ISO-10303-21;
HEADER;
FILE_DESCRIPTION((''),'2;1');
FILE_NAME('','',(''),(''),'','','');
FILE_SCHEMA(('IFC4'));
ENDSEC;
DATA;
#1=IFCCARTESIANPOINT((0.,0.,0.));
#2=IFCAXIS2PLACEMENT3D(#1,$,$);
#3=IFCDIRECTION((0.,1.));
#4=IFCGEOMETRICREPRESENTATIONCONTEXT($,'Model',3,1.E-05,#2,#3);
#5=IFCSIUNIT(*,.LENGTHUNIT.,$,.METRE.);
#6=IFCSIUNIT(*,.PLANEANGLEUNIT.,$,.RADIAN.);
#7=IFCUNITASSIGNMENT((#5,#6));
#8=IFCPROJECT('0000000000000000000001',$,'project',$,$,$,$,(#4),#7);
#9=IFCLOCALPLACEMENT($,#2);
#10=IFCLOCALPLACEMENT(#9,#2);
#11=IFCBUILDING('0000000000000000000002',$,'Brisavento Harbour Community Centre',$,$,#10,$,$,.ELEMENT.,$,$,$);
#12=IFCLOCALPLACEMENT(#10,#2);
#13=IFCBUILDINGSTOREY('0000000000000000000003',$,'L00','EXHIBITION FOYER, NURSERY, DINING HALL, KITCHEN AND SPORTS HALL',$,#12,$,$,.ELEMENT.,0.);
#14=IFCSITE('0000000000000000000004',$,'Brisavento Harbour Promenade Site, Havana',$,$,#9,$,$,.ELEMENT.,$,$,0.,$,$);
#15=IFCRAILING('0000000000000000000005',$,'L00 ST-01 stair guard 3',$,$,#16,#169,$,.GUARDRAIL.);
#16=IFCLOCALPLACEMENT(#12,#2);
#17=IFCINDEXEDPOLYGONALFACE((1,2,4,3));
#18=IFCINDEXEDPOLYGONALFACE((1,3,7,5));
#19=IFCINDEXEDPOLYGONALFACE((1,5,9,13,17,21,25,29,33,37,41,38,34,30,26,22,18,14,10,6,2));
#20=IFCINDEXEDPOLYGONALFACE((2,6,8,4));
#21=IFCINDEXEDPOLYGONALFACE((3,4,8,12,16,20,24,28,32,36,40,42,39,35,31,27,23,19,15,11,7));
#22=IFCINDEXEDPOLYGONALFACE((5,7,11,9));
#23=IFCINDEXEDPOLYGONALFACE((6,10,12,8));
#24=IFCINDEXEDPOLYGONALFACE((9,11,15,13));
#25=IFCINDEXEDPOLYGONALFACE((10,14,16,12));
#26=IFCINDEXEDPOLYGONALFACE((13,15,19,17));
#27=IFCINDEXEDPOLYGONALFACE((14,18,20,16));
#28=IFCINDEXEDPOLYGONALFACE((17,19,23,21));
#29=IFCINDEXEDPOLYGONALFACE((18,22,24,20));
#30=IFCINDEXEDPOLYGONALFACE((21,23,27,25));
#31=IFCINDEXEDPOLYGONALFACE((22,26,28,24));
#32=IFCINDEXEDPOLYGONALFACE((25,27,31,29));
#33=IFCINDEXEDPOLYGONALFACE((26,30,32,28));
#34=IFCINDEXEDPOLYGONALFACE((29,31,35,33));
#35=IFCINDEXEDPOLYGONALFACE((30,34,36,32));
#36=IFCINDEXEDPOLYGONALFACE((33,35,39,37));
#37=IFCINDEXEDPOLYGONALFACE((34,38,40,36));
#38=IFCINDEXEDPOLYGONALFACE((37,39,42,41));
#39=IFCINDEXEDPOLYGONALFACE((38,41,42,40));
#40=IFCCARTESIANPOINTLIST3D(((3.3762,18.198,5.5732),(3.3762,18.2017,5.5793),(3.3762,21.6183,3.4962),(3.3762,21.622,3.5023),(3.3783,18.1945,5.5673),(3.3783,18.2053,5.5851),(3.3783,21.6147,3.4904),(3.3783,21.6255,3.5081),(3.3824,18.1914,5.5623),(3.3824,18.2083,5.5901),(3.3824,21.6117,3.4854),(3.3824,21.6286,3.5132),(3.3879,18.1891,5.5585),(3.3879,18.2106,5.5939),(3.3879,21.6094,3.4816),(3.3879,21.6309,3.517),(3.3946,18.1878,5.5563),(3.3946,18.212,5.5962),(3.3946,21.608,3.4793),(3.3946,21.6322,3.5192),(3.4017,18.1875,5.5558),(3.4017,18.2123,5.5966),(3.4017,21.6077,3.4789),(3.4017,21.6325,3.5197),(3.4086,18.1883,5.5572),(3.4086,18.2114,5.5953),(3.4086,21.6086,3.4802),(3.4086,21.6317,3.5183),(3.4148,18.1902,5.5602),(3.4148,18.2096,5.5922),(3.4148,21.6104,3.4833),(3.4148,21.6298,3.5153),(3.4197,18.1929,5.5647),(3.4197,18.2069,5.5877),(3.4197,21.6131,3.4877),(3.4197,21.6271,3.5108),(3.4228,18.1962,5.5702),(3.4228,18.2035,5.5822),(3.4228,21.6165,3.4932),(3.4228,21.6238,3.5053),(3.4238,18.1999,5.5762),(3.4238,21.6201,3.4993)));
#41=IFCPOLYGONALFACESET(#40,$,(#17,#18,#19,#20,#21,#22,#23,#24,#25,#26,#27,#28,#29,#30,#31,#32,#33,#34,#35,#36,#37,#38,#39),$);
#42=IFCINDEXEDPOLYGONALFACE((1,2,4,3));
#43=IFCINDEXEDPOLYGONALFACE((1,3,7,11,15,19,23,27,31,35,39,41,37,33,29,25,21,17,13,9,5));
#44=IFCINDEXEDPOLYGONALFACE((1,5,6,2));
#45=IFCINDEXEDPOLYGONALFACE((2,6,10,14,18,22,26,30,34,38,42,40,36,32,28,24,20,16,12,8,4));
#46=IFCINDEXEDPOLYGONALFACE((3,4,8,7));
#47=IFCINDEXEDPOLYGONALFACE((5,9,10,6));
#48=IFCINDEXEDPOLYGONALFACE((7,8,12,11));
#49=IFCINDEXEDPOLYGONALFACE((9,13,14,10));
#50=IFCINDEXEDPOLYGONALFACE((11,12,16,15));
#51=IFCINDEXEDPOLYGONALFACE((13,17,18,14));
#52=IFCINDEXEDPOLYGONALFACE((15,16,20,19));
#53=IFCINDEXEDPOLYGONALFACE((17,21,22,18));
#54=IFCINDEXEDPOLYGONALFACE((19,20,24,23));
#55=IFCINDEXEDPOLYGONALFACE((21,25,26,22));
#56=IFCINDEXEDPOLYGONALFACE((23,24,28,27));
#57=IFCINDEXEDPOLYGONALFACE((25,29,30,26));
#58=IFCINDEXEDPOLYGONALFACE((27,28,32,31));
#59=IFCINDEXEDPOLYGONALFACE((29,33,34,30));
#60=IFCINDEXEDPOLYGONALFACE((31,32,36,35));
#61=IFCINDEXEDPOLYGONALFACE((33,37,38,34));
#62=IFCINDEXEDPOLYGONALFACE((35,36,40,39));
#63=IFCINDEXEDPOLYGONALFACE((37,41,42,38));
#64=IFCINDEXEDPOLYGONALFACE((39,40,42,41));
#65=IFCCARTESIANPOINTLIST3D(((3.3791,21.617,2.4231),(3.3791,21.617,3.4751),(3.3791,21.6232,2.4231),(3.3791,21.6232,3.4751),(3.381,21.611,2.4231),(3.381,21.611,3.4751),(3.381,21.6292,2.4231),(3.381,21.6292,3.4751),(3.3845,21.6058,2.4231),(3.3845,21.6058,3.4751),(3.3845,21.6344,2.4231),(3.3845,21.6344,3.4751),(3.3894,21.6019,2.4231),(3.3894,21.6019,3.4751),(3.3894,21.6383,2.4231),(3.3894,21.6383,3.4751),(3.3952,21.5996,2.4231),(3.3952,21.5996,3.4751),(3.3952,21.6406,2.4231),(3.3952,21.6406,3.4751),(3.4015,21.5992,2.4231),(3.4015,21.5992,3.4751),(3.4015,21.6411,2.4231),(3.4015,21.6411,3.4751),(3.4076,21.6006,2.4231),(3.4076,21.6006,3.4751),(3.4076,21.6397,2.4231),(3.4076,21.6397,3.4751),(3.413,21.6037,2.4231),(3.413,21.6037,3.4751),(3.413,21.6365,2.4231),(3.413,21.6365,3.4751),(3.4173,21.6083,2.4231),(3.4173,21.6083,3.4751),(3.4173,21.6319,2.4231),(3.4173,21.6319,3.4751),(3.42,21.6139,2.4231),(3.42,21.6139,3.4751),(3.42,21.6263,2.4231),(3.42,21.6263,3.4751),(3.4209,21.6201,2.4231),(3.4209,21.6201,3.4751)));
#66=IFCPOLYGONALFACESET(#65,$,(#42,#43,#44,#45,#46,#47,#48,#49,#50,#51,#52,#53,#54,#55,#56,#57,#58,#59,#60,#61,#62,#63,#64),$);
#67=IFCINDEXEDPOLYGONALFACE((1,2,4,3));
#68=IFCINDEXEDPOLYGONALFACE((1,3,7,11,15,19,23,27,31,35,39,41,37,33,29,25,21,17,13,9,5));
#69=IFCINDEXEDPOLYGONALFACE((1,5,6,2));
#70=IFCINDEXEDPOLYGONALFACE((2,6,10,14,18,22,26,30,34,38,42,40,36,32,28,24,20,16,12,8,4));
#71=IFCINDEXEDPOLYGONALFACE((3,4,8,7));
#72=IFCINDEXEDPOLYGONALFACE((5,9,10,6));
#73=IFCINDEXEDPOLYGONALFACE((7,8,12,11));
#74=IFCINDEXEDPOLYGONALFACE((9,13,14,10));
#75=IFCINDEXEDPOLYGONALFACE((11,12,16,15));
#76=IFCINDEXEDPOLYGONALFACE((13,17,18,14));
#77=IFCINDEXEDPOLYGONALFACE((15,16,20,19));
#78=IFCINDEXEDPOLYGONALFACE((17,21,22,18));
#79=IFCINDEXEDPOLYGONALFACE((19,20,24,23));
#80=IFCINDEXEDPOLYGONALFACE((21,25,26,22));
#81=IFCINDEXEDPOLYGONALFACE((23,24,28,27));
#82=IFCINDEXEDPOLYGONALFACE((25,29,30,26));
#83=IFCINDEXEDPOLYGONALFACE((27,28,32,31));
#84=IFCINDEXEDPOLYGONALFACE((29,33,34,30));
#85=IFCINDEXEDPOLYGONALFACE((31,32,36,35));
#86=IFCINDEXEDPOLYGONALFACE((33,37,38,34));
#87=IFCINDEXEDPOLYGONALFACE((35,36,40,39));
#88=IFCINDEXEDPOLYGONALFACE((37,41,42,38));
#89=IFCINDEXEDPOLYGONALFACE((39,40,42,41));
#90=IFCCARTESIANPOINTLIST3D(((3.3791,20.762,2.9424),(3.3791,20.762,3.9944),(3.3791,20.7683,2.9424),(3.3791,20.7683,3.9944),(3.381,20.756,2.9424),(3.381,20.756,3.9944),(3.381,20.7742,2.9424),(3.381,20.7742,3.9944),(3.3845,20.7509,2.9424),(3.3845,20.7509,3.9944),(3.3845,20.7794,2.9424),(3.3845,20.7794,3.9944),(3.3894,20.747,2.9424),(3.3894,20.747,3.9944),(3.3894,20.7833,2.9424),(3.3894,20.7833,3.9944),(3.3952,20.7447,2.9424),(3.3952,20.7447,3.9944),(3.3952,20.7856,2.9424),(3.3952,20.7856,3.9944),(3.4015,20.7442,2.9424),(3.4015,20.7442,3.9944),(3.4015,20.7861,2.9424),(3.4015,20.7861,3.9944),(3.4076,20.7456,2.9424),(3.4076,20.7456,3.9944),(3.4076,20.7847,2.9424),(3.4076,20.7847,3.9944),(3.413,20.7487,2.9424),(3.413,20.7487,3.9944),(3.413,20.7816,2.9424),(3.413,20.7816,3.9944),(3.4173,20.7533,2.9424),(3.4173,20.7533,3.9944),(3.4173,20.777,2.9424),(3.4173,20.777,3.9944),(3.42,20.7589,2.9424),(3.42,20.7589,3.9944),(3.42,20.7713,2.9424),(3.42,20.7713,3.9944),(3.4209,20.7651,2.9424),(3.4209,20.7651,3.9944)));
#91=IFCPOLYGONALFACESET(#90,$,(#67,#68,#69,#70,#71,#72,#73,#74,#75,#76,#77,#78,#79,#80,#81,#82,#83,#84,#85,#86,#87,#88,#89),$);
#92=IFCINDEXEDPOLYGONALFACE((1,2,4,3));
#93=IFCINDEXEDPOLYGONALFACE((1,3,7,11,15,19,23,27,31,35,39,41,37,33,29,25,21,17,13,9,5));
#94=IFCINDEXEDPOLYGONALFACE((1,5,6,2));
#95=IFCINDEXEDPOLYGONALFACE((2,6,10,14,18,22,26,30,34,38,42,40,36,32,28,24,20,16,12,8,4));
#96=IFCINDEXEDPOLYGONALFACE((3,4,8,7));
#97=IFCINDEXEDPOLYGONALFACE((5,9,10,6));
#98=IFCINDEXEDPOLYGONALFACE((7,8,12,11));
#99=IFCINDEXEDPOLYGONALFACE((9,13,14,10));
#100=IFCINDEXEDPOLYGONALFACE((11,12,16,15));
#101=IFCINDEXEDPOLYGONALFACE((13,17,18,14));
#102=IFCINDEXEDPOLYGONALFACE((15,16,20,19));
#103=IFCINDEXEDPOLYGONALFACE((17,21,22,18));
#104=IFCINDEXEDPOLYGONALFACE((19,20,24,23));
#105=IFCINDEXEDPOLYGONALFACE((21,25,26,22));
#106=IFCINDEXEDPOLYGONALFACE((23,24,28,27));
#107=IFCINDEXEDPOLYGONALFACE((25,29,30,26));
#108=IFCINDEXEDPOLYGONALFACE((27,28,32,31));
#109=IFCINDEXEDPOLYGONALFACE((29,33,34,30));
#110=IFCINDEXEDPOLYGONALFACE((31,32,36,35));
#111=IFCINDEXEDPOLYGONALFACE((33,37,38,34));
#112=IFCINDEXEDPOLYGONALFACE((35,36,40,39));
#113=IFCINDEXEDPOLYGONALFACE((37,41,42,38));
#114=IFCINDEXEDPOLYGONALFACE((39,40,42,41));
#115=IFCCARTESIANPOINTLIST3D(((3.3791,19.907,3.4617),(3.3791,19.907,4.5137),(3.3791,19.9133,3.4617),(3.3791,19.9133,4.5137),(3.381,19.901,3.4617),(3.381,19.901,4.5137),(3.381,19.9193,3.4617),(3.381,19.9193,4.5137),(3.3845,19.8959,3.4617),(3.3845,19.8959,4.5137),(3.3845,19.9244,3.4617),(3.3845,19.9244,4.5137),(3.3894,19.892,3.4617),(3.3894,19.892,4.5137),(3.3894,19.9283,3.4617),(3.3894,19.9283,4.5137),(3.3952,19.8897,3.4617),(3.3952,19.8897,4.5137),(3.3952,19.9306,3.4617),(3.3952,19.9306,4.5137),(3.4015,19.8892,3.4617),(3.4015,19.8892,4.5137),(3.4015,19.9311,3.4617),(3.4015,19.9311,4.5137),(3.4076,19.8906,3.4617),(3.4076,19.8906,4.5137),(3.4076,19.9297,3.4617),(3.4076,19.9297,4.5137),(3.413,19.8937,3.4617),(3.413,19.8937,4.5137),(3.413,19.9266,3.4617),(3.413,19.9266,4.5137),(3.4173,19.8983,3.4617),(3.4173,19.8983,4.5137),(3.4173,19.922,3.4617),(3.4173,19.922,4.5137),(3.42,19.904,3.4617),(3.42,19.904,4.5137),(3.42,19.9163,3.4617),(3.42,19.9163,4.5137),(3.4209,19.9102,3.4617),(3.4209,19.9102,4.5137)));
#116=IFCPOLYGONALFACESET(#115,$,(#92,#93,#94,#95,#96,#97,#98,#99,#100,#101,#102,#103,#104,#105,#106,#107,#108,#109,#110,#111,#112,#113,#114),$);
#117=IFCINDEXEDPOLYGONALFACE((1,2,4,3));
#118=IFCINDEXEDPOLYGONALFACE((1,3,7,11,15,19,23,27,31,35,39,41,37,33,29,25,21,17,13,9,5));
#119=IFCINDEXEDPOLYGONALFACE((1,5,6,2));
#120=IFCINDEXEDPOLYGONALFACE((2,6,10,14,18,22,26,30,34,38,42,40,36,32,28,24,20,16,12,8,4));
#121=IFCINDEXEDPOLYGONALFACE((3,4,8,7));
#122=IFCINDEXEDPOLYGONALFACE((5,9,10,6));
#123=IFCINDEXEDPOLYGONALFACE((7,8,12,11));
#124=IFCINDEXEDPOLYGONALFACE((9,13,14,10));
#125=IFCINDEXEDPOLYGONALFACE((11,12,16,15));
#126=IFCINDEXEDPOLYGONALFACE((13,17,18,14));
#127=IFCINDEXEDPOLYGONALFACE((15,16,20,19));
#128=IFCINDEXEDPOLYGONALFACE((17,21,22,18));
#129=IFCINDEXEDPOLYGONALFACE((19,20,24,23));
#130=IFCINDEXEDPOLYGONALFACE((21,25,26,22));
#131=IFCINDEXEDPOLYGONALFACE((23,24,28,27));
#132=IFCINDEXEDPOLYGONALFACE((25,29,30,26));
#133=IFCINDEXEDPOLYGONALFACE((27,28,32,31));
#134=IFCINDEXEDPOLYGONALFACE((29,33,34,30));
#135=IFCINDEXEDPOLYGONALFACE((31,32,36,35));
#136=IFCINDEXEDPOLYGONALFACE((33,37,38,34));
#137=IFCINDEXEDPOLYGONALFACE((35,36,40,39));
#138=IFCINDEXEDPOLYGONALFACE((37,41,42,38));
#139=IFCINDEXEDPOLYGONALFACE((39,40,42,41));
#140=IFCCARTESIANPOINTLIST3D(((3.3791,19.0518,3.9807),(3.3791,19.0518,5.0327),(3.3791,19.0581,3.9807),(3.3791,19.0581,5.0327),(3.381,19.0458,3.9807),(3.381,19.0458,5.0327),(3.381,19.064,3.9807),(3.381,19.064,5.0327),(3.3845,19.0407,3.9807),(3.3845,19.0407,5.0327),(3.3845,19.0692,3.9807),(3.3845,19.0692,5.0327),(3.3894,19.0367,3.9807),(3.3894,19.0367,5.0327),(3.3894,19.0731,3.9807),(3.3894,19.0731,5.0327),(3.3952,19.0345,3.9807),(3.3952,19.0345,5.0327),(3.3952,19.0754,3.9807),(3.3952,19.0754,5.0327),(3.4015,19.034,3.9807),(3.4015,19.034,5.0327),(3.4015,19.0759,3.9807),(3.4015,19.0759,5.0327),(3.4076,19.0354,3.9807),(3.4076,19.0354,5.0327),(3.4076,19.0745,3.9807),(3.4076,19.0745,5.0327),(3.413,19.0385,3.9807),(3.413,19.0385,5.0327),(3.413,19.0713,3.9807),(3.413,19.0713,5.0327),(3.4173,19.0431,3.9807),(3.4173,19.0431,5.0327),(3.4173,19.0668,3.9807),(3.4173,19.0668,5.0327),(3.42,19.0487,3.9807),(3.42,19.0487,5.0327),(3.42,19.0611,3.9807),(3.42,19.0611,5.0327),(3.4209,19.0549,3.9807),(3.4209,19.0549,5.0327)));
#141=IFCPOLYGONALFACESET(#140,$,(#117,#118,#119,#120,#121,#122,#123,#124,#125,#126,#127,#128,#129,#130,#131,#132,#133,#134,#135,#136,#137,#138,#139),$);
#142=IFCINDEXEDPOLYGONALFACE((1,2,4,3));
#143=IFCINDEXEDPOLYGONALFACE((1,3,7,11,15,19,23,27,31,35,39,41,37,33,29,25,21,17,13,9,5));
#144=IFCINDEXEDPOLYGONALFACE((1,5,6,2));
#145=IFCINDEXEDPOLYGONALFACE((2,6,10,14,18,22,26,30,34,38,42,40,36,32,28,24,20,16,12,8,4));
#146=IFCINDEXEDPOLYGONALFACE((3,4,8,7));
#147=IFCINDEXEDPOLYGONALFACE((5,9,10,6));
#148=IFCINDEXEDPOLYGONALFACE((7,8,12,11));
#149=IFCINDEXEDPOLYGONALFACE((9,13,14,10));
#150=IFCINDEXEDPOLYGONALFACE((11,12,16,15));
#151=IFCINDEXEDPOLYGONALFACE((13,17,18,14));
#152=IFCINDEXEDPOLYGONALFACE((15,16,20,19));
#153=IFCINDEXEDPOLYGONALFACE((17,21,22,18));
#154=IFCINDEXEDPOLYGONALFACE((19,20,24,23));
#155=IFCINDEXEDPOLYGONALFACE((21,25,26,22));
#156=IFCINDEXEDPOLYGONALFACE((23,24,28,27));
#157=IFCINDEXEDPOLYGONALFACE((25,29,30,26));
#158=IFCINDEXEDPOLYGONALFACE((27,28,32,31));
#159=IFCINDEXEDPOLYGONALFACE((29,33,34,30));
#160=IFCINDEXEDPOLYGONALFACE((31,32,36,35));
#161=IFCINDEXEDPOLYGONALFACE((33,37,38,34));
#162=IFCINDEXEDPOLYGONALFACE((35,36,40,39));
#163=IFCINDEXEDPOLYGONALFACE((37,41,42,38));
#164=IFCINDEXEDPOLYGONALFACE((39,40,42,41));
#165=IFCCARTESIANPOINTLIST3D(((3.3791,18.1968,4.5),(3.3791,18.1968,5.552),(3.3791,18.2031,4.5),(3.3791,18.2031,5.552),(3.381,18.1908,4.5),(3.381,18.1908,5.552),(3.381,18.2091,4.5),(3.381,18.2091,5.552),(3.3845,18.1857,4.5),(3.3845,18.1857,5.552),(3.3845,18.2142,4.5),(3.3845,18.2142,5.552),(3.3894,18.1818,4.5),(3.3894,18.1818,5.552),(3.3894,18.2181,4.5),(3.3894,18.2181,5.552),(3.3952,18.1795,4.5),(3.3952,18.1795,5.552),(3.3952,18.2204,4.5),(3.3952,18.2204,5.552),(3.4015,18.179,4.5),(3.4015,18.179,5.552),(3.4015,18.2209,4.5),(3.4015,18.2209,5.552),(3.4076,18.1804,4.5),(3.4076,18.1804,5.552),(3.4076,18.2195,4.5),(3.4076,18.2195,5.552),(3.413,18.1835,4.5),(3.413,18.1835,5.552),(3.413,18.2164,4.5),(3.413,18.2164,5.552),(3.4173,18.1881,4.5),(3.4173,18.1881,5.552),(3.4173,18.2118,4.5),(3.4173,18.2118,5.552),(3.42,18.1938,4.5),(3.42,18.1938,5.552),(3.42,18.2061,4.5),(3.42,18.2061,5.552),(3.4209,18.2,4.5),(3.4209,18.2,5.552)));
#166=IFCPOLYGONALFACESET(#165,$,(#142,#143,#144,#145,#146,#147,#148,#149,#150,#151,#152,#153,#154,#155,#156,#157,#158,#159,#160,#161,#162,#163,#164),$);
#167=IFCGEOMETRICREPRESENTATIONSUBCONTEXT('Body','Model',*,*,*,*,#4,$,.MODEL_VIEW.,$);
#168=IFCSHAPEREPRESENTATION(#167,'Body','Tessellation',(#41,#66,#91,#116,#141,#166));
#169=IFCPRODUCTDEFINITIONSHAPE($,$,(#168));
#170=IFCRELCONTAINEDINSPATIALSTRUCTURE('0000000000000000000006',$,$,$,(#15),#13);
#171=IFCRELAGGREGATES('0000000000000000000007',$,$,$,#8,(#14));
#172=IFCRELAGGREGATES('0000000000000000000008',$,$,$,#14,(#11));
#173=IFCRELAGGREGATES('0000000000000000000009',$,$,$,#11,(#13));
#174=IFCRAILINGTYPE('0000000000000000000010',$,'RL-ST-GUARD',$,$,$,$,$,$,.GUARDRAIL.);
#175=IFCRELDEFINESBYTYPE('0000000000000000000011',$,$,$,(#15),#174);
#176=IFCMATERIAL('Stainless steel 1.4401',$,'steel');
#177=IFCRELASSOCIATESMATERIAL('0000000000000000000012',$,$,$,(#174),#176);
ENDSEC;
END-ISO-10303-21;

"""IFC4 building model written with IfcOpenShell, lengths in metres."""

from ifc_helpers import new_model, si_unit, direction, frame, origin, origin_2d, place, context, subcontext, project, spatial, circle, extrude, material, type_object, element, save


model = new_model("IFC4")

# Units and contexts
model_context = context("Model", 3, precision=1e-05, world=origin(), true_north=direction((0.0, 1.0)))
body_context = subcontext(model_context, "Body", "Model", "MODEL_VIEW")
ifc_project = project(units=[si_unit("LENGTHUNIT", "METRE"), si_unit("PLANEANGLEUNIT", "RADIAN")], contexts=[model_context])

# Site, building, storey
site_placement = place(None, origin())
site = spatial("IfcSite", under=ifc_project, at=site_placement, Name="Brisavento Harbour Promenade Site, Havana", CompositionType="ELEMENT", RefElevation=0.0)
building_placement = place(site_placement, origin())
building = spatial("IfcBuilding", under=site, at=building_placement, Name="Brisavento Harbour Community Centre", CompositionType="ELEMENT")
storey_placement = place(building_placement, origin())
storey = spatial("IfcBuildingStorey", under=building, at=storey_placement, Name="L00", Description="EXHIBITION FOYER, NURSERY, DINING HALL, KITCHEN AND SPORTS HALL", CompositionType="ELEMENT", Elevation=0.0)

# Railing
ifc_material_1 = material(Name="Stainless steel 1.4401", Category="steel")
railing_type_1 = type_object("IfcRailingType", Name="RL-ST-GUARD", PredefinedType="GUARDRAIL", material=ifc_material_1)
railing_1_placement = place(storey_placement, frame((3.3999, 21.6201, 2.4231)))
element("IfcRailing", 1, at=railing_1_placement, inside=storey, type_object=railing_type_1, Name="L00 ST-01 stair guard 3", PredefinedType="GUARDRAIL", context=body_context, shape_type="SweptSolid", body=[
    extrude(circle(Radius=0.0239, at=origin_2d()), frame((0.0, 0.0, 1.0762), z_axis=(0.0, -0.854746, 0.519047), x_axis=(1.0, 0.0, 0.0)), (0.0, 0.0, 1.0), 4.0015),
    extrude(circle(Radius=0.021, at=origin_2d()), origin(), (0.0, 0.0, 1.0), 1.052),
    extrude(circle(Radius=0.021, at=origin_2d()), frame((0.0, -0.855, 0.5193)), (0.0, 0.0, 1.0), 1.052),
    extrude(circle(Radius=0.021, at=origin_2d()), frame((0.0, -1.71, 1.0386)), (0.0, 0.0, 1.0), 1.052),
    extrude(circle(Radius=0.021, at=origin_2d()), frame((0.0, -2.5652, 1.5576)), (0.0, 0.0, 1.0), 1.052),
    extrude(circle(Radius=0.021, at=origin_2d()), frame((0.0, -3.4202, 2.0769)), (0.0, 0.0, 1.0), 1.052),
])

save(model, "model.ifc")
